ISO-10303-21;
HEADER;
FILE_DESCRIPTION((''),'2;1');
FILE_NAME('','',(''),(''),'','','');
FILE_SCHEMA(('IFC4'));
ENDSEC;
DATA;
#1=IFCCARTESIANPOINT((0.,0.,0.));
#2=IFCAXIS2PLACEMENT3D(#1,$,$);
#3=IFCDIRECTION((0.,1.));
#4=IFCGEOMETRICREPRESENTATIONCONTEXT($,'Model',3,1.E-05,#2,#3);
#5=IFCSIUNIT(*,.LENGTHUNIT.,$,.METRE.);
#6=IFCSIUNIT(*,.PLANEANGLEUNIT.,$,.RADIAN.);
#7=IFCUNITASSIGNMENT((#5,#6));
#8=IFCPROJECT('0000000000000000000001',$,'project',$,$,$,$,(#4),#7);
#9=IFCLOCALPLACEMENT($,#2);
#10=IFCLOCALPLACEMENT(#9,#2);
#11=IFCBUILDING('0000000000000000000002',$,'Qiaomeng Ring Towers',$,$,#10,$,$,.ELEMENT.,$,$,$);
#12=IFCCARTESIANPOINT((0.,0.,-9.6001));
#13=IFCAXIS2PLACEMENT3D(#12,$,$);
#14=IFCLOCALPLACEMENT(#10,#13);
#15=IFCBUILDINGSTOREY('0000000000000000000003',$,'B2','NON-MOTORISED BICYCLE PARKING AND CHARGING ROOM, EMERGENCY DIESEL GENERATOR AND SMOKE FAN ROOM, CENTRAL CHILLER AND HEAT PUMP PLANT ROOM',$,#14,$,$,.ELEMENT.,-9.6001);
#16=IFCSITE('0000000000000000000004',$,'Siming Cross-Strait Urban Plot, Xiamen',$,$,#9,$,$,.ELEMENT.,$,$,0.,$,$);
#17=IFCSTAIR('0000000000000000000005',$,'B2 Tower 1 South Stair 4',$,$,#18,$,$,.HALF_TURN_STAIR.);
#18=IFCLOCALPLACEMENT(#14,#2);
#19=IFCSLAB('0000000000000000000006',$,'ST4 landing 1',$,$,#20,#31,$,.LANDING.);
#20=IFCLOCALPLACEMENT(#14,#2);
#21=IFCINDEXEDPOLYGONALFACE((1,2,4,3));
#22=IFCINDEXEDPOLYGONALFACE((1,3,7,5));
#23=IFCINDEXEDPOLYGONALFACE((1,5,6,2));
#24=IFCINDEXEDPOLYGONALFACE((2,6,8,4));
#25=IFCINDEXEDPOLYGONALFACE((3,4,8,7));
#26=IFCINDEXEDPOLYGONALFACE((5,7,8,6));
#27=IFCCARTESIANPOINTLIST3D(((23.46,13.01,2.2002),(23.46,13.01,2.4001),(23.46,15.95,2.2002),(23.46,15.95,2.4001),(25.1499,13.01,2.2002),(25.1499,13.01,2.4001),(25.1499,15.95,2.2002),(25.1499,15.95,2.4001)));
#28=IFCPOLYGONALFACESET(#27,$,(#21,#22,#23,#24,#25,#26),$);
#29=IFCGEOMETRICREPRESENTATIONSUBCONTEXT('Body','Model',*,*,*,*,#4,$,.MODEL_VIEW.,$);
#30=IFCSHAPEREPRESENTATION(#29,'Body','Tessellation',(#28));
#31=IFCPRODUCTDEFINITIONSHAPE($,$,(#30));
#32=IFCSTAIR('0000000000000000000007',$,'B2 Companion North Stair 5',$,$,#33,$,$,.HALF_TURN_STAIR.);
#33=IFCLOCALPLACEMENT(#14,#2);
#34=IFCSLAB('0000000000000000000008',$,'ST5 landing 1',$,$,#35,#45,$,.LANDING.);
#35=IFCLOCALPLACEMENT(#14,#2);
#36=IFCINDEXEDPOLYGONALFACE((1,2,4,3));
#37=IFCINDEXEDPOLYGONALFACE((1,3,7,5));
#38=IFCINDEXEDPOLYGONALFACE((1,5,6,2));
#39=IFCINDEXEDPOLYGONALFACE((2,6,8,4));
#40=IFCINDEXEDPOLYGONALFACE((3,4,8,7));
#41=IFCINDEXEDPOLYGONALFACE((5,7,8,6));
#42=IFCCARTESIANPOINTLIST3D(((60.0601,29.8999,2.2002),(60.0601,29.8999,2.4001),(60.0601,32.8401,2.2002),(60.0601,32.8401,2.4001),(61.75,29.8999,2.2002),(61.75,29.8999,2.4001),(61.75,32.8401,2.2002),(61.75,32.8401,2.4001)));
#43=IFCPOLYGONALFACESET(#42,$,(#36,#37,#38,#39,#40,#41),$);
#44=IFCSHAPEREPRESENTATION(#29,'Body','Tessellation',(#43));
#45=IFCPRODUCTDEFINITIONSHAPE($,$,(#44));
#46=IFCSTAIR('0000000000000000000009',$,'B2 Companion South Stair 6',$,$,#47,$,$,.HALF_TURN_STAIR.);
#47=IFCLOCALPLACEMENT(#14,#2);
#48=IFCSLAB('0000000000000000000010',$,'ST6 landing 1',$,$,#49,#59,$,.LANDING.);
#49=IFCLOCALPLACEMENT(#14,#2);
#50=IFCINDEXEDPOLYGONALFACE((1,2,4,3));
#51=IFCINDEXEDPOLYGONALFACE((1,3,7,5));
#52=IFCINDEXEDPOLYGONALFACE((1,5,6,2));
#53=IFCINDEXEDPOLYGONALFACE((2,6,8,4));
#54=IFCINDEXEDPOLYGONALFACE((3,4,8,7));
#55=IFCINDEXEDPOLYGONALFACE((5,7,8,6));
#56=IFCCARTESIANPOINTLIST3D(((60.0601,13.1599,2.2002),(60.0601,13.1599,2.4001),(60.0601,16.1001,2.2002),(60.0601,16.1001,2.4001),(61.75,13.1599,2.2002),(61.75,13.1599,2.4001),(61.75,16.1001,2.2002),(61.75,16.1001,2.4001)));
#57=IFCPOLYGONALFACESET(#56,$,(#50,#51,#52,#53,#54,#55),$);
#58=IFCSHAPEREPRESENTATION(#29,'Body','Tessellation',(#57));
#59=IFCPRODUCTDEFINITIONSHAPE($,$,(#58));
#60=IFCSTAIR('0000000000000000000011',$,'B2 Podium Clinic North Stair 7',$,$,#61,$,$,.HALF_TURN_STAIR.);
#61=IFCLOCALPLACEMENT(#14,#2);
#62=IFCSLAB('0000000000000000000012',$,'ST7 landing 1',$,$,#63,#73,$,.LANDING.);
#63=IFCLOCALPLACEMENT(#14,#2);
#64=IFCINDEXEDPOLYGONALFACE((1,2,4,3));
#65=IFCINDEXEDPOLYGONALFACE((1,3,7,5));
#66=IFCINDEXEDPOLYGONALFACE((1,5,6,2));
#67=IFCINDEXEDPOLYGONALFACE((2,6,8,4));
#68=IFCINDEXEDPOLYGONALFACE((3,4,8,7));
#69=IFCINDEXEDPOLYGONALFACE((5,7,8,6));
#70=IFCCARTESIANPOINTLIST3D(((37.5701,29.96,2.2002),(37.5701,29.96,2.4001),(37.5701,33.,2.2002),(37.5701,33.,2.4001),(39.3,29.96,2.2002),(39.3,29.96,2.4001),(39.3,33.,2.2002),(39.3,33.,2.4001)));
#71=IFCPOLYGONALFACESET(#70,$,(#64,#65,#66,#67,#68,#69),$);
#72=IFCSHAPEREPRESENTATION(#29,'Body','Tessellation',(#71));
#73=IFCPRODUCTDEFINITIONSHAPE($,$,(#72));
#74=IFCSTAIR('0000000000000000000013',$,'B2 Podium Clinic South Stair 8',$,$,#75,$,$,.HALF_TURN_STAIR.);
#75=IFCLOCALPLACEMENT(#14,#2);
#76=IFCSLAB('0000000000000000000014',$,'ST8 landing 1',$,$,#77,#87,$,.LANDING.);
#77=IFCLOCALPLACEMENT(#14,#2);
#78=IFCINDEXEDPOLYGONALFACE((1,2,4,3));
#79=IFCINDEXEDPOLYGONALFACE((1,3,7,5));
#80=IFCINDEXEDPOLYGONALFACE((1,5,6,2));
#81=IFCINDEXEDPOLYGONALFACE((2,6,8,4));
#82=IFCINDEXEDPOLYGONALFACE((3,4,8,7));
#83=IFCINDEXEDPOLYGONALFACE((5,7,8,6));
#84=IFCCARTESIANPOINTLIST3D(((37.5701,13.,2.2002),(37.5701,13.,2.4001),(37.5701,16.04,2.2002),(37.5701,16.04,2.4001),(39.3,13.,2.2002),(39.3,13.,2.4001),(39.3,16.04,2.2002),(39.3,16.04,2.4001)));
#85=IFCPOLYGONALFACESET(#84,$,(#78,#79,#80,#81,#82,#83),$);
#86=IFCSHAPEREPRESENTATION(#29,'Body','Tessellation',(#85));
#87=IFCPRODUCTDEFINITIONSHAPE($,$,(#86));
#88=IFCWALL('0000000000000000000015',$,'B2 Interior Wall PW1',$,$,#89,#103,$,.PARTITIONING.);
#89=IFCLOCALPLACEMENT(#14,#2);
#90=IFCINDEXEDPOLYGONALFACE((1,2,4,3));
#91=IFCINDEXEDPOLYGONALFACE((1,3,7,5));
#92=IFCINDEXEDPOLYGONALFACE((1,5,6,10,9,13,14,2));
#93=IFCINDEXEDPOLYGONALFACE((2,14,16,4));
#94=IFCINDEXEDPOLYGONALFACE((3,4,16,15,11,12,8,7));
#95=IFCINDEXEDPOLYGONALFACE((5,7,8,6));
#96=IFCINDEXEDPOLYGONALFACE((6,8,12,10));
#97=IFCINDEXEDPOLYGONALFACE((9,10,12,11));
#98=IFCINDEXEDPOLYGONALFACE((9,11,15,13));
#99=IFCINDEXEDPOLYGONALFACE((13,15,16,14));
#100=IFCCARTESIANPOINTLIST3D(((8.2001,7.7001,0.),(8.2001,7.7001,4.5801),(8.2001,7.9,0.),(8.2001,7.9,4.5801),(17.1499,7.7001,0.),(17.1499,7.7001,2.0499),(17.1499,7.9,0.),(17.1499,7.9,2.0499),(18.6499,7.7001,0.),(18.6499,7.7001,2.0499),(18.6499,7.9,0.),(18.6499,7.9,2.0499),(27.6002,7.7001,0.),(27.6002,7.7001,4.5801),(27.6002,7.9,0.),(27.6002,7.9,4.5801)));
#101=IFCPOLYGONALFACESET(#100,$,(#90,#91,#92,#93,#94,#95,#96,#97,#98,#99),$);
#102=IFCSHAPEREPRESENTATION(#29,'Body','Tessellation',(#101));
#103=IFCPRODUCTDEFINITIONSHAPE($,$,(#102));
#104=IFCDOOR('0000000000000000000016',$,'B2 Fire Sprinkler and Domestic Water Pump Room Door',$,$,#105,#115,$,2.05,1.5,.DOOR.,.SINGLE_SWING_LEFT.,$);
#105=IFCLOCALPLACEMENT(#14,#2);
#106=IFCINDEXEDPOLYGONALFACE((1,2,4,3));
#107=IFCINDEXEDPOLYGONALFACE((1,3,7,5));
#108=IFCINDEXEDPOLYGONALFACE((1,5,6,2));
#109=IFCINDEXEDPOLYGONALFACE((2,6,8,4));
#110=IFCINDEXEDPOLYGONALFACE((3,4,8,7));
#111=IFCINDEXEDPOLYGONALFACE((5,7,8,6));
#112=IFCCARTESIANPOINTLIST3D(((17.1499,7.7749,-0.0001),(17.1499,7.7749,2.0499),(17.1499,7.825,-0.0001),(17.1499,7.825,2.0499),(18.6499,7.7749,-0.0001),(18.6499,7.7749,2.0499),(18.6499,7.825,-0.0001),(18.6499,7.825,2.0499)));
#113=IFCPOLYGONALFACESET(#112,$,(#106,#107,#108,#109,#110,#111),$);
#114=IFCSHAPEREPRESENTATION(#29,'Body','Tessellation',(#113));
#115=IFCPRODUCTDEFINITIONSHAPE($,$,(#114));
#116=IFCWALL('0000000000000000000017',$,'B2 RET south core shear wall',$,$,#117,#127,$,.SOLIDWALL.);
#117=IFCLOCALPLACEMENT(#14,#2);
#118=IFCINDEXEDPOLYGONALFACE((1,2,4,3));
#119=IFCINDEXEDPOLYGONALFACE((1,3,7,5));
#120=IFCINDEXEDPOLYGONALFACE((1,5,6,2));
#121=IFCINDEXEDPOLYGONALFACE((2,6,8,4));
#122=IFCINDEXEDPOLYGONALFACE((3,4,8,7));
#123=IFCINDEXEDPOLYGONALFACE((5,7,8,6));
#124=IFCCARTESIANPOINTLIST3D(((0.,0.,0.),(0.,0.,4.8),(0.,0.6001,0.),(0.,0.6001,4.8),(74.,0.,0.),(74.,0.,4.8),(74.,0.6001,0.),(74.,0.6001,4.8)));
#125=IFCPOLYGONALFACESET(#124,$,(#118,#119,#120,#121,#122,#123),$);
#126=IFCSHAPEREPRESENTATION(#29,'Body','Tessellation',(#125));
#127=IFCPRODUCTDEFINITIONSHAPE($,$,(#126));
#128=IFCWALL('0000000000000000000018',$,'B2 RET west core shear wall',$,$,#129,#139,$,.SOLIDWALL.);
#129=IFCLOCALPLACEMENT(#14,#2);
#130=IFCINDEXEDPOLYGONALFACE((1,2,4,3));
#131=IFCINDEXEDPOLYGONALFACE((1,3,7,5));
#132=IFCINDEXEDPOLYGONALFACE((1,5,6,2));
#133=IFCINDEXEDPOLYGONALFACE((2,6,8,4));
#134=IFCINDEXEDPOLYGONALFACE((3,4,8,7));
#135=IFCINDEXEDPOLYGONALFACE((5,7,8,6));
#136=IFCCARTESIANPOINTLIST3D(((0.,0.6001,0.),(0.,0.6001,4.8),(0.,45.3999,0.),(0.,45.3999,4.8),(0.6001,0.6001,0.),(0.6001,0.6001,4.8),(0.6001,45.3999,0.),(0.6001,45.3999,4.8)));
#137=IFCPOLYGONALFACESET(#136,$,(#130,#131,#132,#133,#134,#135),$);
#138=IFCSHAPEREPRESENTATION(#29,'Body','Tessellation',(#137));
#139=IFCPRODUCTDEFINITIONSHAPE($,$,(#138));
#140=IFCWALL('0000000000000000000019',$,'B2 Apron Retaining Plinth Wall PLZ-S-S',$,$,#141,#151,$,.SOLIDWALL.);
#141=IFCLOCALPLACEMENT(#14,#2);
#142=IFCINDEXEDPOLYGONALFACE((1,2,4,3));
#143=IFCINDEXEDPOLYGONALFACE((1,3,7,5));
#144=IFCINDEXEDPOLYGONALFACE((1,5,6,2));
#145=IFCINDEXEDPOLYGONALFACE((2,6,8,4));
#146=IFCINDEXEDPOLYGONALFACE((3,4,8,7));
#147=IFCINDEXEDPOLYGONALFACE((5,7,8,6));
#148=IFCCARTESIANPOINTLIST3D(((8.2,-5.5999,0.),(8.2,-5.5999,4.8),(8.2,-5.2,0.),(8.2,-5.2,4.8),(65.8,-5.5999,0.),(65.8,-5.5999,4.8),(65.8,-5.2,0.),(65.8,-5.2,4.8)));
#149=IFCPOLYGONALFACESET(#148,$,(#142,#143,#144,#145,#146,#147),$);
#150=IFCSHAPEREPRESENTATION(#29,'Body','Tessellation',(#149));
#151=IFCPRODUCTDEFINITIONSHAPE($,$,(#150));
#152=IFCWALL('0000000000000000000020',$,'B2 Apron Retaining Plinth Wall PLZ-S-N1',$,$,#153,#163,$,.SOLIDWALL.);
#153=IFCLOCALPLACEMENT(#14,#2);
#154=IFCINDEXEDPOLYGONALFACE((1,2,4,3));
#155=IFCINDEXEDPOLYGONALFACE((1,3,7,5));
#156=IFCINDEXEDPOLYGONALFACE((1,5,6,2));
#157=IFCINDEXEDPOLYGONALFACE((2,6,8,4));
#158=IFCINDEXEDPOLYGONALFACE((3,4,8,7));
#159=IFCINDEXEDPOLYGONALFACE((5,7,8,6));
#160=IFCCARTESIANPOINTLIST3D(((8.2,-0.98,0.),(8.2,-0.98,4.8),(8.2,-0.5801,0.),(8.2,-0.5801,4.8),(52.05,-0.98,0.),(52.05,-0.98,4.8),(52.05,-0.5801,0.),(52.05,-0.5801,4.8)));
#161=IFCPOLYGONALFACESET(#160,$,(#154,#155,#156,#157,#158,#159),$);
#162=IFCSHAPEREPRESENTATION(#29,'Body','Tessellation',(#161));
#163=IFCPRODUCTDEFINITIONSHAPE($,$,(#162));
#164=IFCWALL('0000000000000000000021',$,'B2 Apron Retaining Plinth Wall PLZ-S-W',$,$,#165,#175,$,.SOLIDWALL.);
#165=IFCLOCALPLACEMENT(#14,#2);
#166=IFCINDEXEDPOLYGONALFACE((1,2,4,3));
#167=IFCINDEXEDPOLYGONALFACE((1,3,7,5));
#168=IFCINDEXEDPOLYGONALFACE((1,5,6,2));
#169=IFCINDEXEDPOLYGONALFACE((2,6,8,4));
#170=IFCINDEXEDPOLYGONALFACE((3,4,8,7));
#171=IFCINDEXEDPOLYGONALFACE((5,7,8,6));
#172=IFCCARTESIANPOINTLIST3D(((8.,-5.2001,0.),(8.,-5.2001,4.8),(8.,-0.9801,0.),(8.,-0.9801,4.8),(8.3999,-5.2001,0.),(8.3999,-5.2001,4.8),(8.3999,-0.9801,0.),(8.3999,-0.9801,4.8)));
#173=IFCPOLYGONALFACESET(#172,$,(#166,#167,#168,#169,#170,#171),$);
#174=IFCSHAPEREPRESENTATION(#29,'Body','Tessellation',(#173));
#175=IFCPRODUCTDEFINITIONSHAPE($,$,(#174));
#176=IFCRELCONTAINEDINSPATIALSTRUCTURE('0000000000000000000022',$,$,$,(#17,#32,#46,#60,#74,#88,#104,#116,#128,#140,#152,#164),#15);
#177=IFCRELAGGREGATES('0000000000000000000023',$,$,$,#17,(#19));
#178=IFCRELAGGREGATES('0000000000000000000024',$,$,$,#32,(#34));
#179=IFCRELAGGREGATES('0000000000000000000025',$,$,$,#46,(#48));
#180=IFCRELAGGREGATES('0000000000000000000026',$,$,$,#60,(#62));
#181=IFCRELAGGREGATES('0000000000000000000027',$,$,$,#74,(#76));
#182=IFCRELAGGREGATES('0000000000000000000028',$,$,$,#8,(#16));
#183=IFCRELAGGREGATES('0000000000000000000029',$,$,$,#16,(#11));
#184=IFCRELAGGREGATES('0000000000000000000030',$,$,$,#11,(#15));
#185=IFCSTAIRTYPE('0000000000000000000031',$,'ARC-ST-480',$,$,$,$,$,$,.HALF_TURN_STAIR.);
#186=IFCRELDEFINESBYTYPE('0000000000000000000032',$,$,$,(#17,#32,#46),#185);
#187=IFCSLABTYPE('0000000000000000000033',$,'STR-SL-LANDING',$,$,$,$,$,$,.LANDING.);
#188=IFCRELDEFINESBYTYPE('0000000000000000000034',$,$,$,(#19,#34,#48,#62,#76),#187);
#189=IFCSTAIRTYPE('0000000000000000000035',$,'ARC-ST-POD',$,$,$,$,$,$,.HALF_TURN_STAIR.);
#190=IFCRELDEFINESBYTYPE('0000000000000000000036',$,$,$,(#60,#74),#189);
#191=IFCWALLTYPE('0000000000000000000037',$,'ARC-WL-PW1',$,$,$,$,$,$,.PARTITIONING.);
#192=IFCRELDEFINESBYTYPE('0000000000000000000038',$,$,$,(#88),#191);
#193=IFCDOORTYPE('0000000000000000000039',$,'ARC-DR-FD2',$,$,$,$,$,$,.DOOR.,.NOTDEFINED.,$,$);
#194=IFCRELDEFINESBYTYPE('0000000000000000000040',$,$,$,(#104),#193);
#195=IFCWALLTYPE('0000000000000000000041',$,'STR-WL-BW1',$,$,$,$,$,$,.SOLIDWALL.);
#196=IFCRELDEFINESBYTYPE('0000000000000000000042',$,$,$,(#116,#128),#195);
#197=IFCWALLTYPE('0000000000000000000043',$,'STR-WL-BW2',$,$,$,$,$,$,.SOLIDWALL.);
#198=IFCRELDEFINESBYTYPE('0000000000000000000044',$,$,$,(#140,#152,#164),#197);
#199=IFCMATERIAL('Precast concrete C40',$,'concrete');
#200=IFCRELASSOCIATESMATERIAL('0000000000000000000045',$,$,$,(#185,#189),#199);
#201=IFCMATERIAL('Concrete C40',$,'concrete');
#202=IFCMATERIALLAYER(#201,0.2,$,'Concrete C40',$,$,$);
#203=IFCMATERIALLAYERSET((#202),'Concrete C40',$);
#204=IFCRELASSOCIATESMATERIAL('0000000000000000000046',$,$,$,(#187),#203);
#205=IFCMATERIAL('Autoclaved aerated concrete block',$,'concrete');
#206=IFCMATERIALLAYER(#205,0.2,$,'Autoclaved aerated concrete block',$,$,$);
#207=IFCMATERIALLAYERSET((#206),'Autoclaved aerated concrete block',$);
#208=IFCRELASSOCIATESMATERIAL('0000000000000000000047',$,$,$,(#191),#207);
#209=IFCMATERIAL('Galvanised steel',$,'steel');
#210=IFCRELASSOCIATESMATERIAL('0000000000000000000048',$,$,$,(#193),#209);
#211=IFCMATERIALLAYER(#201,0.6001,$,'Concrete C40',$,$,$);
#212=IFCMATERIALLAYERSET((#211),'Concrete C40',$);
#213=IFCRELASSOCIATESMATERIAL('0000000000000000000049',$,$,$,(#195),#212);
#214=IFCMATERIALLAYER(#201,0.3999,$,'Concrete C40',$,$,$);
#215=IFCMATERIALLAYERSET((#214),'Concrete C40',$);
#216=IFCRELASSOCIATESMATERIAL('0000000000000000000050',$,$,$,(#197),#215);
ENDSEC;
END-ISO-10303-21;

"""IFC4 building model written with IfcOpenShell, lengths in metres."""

from ifc_helpers import new_model, si_unit, direction, frame, frame_2d, origin, place, context, subcontext, project, spatial, polyline, rectangle, outline, extrude, source, transform, mapped, material, layer, layer_set, type_object, element, fill, aggregate, save


model = new_model("IFC4")

# Units and contexts
model_context = context("Model", 3, precision=1e-05, world=origin(), true_north=direction((0.0, 1.0)))
body_context = subcontext(model_context, "Body", "Model", "MODEL_VIEW")
ifc_project = project(units=[si_unit("LENGTHUNIT", "METRE"), si_unit("PLANEANGLEUNIT", "RADIAN")], contexts=[model_context])

# Site, building, storey
site_placement = place(None, origin())
site = spatial("IfcSite", under=ifc_project, at=site_placement, Name="Siming Cross-Strait Urban Plot, Xiamen", CompositionType="ELEMENT", RefElevation=0.0)
building_placement = place(site_placement, origin())
building = spatial("IfcBuilding", under=site, at=building_placement, Name="Qiaomeng Ring Towers", CompositionType="ELEMENT")
storey_placement = place(building_placement, frame((0.0, 0.0, -9.6001)))
storey = spatial("IfcBuildingStorey", under=building, at=storey_placement, Name="B2", Description="NON-MOTORISED BICYCLE PARKING AND CHARGING ROOM, EMERGENCY DIESEL GENERATOR AND SMOKE FAN ROOM, CENTRAL CHILLER AND HEAT PUMP PLANT ROOM", CompositionType="ELEMENT", Elevation=-9.6001)

# Shared definitions
ifc_material_1 = material(Name="Concrete C40", Category="concrete")

# Stairs, slabs
ifc_material_2 = material(Name="Precast concrete C40", Category="concrete")
stair_type_1 = type_object("IfcStairType", Name="ARC-ST-480", PredefinedType="HALF_TURN_STAIR", material=ifc_material_2)
stair_1_placement = place(storey_placement, origin())
stair_1 = element("IfcStair", 1, at=stair_1_placement, inside=storey, type_object=stair_type_1, Name="B2 Tower 1 South Stair 4", PredefinedType="HALF_TURN_STAIR")
ifc_layer_1 = layer(ifc_material_1, 0.2, Name="Concrete C40")
ifc_layer_set_1 = layer_set([ifc_layer_1], Name="Concrete C40")
slab_type = type_object("IfcSlabType", Name="STR-SL-LANDING", PredefinedType="LANDING", material=ifc_layer_set_1)
slab_1_placement = place(storey_placement, frame((0.0, 0.0, 2.2002)))
slab_1 = element("IfcSlab", 2, at=slab_1_placement, type_object=slab_type, Name="ST4 landing 1", PredefinedType="LANDING", context=body_context, shape_type="SweptSolid", body=[
    extrude(outline(polyline([(23.46, 13.01), (25.1499, 13.01), (25.1499, 15.95), (23.46, 15.95), (23.46, 13.01)])), origin(), (0.0, 0.0, 1.0), 0.2),
])
aggregate(stair_1, [slab_1])
stair_2_placement = place(storey_placement, origin())
stair_2 = element("IfcStair", 3, at=stair_2_placement, inside=storey, type_object=stair_type_1, Name="B2 Companion North Stair 5", PredefinedType="HALF_TURN_STAIR")
slab_2_placement = place(storey_placement, frame((0.0, 0.0, 2.2002)))
slab_2 = element("IfcSlab", 4, at=slab_2_placement, type_object=slab_type, Name="ST5 landing 1", PredefinedType="LANDING", context=body_context, shape_type="SweptSolid", body=[
    extrude(outline(polyline([(60.0601, 29.8999), (61.75, 29.8999), (61.75, 32.8401), (60.0601, 32.8401), (60.0601, 29.8999)])), origin(), (0.0, 0.0, 1.0), 0.2),
])
aggregate(stair_2, [slab_2])
stair_3_placement = place(storey_placement, origin())
stair_3 = element("IfcStair", 5, at=stair_3_placement, inside=storey, type_object=stair_type_1, Name="B2 Companion South Stair 6", PredefinedType="HALF_TURN_STAIR")
slab_3_placement = place(storey_placement, frame((0.0, 0.0, 2.2002)))
slab_3 = element("IfcSlab", 6, at=slab_3_placement, type_object=slab_type, Name="ST6 landing 1", PredefinedType="LANDING", context=body_context, shape_type="SweptSolid", body=[
    extrude(outline(polyline([(60.0601, 13.1599), (61.75, 13.1599), (61.75, 16.1001), (60.0601, 16.1001), (60.0601, 13.1599)])), origin(), (0.0, 0.0, 1.0), 0.2),
])
aggregate(stair_3, [slab_3])
stair_type_2 = type_object("IfcStairType", Name="ARC-ST-POD", PredefinedType="HALF_TURN_STAIR", material=ifc_material_2)
stair_4_placement = place(storey_placement, origin())
stair_4 = element("IfcStair", 7, at=stair_4_placement, inside=storey, type_object=stair_type_2, Name="B2 Podium Clinic North Stair 7", PredefinedType="HALF_TURN_STAIR")
slab_4_placement = place(storey_placement, frame((0.0, 0.0, 2.2002)))
slab_4 = element("IfcSlab", 8, at=slab_4_placement, type_object=slab_type, Name="ST7 landing 1", PredefinedType="LANDING", context=body_context, shape_type="SweptSolid", body=[
    extrude(outline(polyline([(37.5701, 29.96), (39.3, 29.96), (39.3, 33.0), (37.5701, 33.0), (37.5701, 29.96)])), origin(), (0.0, 0.0, 1.0), 0.2),
])
aggregate(stair_4, [slab_4])
stair_5_placement = place(storey_placement, origin())
stair_5 = element("IfcStair", 9, at=stair_5_placement, inside=storey, type_object=stair_type_2, Name="B2 Podium Clinic South Stair 8", PredefinedType="HALF_TURN_STAIR")
slab_5_placement = place(storey_placement, frame((0.0, 0.0, 2.2002)))
slab_5 = element("IfcSlab", 10, at=slab_5_placement, type_object=slab_type, Name="ST8 landing 1", PredefinedType="LANDING", context=body_context, shape_type="SweptSolid", body=[
    extrude(outline(polyline([(37.5701, 13.0), (39.3, 13.0), (39.3, 16.04), (37.5701, 16.04), (37.5701, 13.0)])), origin(), (0.0, 0.0, 1.0), 0.2),
])
aggregate(stair_5, [slab_5])

# Wall, opening, door
ifc_material_3 = material(Name="Autoclaved aerated concrete block", Category="concrete")
ifc_layer_2 = layer(ifc_material_3, 0.2, Name="Autoclaved aerated concrete block")
ifc_layer_set_2 = layer_set([ifc_layer_2], Name="Autoclaved aerated concrete block")
wall_type_1 = type_object("IfcWallType", Name="ARC-WL-PW1", PredefinedType="PARTITIONING", material=ifc_layer_set_2)
wall_1_placement = place(storey_placement, frame((8.2, 7.8, 0.0), z_axis=(0.0, 0.0, 1.0), x_axis=(1.0, 0.0, 0.0)))
wall_1 = element("IfcWall", 11, at=wall_1_placement, inside=storey, type_object=wall_type_1, Name="B2 Interior Wall PW1", PredefinedType="PARTITIONING", context=body_context, shape_type="SweptSolid", body=[
    extrude(rectangle(XDim=19.4001, YDim=0.2, at=frame_2d((9.7002, 0.0))), origin(), (0.0, 0.0, 1.0), 4.5801),
])
opening_placement = place(wall_1_placement, frame((8.95, 0.0, 0.0)))
opening = element("IfcOpeningElement", 12, at=opening_placement, cuts=wall_1, PredefinedType="OPENING", context=body_context, shape_type="SweptSolid", body=[
    extrude(rectangle(XDim=1.5, YDim=2.05, at=frame_2d((0.75, 1.0249))), frame((0.0, 0.1099, 0.0), z_axis=(0.0, -1.0, 0.0), x_axis=(1.0, 0.0, 0.0)), (0.0, 0.0, 1.0), 0.22),
])
ifc_material_4 = material(Name="Galvanised steel", Category="steel")
door_type = type_object("IfcDoorType", Name="ARC-DR-FD2", OperationType="NOTDEFINED", PredefinedType="DOOR", material=ifc_material_4)
shared_shape_1 = source(origin(), body_context, "Body", "SweptSolid", [
    extrude(rectangle(XDim=1.5, YDim=2.05, at=frame_2d((0.75, 1.0249))), frame((0.0, 0.0249, 0.0), z_axis=(0.0, -1.0, 0.0), x_axis=(1.0, 0.0, 0.0)), (0.0, 0.0, 1.0), 0.05),
])
door_placement = place(opening_placement, origin())
door = element("IfcDoor", 13, at=door_placement, inside=storey, type_object=door_type, Name="B2 Fire Sprinkler and Domestic Water Pump Room Door", OperationType="SINGLE_SWING_LEFT", OverallHeight=2.05, OverallWidth=1.5, PredefinedType="DOOR", context=body_context, shape_type="MappedRepresentation", body=[
    mapped(shared_shape_1, transform((0.0, 0.0, 0.0), x_axis=(1.0, 0.0, 0.0), y_axis=(0.0, 1.0, 0.0), z_axis=(0.0, 0.0, 1.0), scale=1.0)),
])
fill(opening, door)

# Walls
ifc_layer_3 = layer(ifc_material_1, 0.6001, Name="Concrete C40")
ifc_layer_set_3 = layer_set([ifc_layer_3], Name="Concrete C40")
wall_type_2 = type_object("IfcWallType", Name="STR-WL-BW1", PredefinedType="SOLIDWALL", material=ifc_layer_set_3)
wall_2_placement = place(storey_placement, frame((0.0, 0.3, 0.0), z_axis=(0.0, 0.0, 1.0), x_axis=(1.0, 0.0, 0.0)))
element("IfcWall", 14, at=wall_2_placement, inside=storey, type_object=wall_type_2, Name="B2 RET south core shear wall", PredefinedType="SOLIDWALL", context=body_context, shape_type="SweptSolid", body=[
    extrude(rectangle(XDim=74.0, YDim=0.6001, at=frame_2d((37.0, 0.0))), origin(), (0.0, 0.0, 1.0), 4.8),
])
wall_3_placement = place(storey_placement, frame((0.3, 0.6001, 0.0), z_axis=(0.0, 0.0, 1.0), x_axis=(0.0, 1.0, 0.0)))
element("IfcWall", 15, at=wall_3_placement, inside=storey, type_object=wall_type_2, Name="B2 RET west core shear wall", PredefinedType="SOLIDWALL", context=body_context, shape_type="SweptSolid", body=[
    extrude(rectangle(XDim=44.7998, YDim=0.6001, at=frame_2d((22.3999, 0.0))), origin(), (0.0, 0.0, 1.0), 4.8),
])
ifc_layer_4 = layer(ifc_material_1, 0.3999, Name="Concrete C40")
ifc_layer_set_4 = layer_set([ifc_layer_4], Name="Concrete C40")
wall_type_3 = type_object("IfcWallType", Name="STR-WL-BW2", PredefinedType="SOLIDWALL", material=ifc_layer_set_4)
wall_4_placement = place(storey_placement, frame((8.2, -5.3999, 0.0), z_axis=(0.0, 0.0, 1.0), x_axis=(1.0, 0.0, 0.0)))
element("IfcWall", 16, at=wall_4_placement, inside=storey, type_object=wall_type_3, Name="B2 Apron Retaining Plinth Wall PLZ-S-S", PredefinedType="SOLIDWALL", context=body_context, shape_type="SweptSolid", body=[
    extrude(rectangle(XDim=57.6001, YDim=0.3999, at=frame_2d((28.8, 0.0))), origin(), (0.0, 0.0, 1.0), 4.8),
])
wall_5_placement = place(storey_placement, frame((8.2, -0.78, 0.0), z_axis=(0.0, 0.0, 1.0), x_axis=(1.0, 0.0, 0.0)))
element("IfcWall", 17, at=wall_5_placement, inside=storey, type_object=wall_type_3, Name="B2 Apron Retaining Plinth Wall PLZ-S-N1", PredefinedType="SOLIDWALL", context=body_context, shape_type="SweptSolid", body=[
    extrude(rectangle(XDim=43.8501, YDim=0.3999, at=frame_2d((21.925, 0.0))), origin(), (0.0, 0.0, 1.0), 4.8),
])
wall_6_placement = place(storey_placement, frame((8.2, -5.2, 0.0), z_axis=(0.0, 0.0, 1.0), x_axis=(0.0, 1.0, 0.0)))
element("IfcWall", 18, at=wall_6_placement, inside=storey, type_object=wall_type_3, Name="B2 Apron Retaining Plinth Wall PLZ-S-W", PredefinedType="SOLIDWALL", context=body_context, shape_type="SweptSolid", body=[
    extrude(rectangle(XDim=4.22, YDim=0.3999, at=frame_2d((2.1099, 0.0))), origin(), (0.0, 0.0, 1.0), 4.8),
])

save(model, "model.ifc")
